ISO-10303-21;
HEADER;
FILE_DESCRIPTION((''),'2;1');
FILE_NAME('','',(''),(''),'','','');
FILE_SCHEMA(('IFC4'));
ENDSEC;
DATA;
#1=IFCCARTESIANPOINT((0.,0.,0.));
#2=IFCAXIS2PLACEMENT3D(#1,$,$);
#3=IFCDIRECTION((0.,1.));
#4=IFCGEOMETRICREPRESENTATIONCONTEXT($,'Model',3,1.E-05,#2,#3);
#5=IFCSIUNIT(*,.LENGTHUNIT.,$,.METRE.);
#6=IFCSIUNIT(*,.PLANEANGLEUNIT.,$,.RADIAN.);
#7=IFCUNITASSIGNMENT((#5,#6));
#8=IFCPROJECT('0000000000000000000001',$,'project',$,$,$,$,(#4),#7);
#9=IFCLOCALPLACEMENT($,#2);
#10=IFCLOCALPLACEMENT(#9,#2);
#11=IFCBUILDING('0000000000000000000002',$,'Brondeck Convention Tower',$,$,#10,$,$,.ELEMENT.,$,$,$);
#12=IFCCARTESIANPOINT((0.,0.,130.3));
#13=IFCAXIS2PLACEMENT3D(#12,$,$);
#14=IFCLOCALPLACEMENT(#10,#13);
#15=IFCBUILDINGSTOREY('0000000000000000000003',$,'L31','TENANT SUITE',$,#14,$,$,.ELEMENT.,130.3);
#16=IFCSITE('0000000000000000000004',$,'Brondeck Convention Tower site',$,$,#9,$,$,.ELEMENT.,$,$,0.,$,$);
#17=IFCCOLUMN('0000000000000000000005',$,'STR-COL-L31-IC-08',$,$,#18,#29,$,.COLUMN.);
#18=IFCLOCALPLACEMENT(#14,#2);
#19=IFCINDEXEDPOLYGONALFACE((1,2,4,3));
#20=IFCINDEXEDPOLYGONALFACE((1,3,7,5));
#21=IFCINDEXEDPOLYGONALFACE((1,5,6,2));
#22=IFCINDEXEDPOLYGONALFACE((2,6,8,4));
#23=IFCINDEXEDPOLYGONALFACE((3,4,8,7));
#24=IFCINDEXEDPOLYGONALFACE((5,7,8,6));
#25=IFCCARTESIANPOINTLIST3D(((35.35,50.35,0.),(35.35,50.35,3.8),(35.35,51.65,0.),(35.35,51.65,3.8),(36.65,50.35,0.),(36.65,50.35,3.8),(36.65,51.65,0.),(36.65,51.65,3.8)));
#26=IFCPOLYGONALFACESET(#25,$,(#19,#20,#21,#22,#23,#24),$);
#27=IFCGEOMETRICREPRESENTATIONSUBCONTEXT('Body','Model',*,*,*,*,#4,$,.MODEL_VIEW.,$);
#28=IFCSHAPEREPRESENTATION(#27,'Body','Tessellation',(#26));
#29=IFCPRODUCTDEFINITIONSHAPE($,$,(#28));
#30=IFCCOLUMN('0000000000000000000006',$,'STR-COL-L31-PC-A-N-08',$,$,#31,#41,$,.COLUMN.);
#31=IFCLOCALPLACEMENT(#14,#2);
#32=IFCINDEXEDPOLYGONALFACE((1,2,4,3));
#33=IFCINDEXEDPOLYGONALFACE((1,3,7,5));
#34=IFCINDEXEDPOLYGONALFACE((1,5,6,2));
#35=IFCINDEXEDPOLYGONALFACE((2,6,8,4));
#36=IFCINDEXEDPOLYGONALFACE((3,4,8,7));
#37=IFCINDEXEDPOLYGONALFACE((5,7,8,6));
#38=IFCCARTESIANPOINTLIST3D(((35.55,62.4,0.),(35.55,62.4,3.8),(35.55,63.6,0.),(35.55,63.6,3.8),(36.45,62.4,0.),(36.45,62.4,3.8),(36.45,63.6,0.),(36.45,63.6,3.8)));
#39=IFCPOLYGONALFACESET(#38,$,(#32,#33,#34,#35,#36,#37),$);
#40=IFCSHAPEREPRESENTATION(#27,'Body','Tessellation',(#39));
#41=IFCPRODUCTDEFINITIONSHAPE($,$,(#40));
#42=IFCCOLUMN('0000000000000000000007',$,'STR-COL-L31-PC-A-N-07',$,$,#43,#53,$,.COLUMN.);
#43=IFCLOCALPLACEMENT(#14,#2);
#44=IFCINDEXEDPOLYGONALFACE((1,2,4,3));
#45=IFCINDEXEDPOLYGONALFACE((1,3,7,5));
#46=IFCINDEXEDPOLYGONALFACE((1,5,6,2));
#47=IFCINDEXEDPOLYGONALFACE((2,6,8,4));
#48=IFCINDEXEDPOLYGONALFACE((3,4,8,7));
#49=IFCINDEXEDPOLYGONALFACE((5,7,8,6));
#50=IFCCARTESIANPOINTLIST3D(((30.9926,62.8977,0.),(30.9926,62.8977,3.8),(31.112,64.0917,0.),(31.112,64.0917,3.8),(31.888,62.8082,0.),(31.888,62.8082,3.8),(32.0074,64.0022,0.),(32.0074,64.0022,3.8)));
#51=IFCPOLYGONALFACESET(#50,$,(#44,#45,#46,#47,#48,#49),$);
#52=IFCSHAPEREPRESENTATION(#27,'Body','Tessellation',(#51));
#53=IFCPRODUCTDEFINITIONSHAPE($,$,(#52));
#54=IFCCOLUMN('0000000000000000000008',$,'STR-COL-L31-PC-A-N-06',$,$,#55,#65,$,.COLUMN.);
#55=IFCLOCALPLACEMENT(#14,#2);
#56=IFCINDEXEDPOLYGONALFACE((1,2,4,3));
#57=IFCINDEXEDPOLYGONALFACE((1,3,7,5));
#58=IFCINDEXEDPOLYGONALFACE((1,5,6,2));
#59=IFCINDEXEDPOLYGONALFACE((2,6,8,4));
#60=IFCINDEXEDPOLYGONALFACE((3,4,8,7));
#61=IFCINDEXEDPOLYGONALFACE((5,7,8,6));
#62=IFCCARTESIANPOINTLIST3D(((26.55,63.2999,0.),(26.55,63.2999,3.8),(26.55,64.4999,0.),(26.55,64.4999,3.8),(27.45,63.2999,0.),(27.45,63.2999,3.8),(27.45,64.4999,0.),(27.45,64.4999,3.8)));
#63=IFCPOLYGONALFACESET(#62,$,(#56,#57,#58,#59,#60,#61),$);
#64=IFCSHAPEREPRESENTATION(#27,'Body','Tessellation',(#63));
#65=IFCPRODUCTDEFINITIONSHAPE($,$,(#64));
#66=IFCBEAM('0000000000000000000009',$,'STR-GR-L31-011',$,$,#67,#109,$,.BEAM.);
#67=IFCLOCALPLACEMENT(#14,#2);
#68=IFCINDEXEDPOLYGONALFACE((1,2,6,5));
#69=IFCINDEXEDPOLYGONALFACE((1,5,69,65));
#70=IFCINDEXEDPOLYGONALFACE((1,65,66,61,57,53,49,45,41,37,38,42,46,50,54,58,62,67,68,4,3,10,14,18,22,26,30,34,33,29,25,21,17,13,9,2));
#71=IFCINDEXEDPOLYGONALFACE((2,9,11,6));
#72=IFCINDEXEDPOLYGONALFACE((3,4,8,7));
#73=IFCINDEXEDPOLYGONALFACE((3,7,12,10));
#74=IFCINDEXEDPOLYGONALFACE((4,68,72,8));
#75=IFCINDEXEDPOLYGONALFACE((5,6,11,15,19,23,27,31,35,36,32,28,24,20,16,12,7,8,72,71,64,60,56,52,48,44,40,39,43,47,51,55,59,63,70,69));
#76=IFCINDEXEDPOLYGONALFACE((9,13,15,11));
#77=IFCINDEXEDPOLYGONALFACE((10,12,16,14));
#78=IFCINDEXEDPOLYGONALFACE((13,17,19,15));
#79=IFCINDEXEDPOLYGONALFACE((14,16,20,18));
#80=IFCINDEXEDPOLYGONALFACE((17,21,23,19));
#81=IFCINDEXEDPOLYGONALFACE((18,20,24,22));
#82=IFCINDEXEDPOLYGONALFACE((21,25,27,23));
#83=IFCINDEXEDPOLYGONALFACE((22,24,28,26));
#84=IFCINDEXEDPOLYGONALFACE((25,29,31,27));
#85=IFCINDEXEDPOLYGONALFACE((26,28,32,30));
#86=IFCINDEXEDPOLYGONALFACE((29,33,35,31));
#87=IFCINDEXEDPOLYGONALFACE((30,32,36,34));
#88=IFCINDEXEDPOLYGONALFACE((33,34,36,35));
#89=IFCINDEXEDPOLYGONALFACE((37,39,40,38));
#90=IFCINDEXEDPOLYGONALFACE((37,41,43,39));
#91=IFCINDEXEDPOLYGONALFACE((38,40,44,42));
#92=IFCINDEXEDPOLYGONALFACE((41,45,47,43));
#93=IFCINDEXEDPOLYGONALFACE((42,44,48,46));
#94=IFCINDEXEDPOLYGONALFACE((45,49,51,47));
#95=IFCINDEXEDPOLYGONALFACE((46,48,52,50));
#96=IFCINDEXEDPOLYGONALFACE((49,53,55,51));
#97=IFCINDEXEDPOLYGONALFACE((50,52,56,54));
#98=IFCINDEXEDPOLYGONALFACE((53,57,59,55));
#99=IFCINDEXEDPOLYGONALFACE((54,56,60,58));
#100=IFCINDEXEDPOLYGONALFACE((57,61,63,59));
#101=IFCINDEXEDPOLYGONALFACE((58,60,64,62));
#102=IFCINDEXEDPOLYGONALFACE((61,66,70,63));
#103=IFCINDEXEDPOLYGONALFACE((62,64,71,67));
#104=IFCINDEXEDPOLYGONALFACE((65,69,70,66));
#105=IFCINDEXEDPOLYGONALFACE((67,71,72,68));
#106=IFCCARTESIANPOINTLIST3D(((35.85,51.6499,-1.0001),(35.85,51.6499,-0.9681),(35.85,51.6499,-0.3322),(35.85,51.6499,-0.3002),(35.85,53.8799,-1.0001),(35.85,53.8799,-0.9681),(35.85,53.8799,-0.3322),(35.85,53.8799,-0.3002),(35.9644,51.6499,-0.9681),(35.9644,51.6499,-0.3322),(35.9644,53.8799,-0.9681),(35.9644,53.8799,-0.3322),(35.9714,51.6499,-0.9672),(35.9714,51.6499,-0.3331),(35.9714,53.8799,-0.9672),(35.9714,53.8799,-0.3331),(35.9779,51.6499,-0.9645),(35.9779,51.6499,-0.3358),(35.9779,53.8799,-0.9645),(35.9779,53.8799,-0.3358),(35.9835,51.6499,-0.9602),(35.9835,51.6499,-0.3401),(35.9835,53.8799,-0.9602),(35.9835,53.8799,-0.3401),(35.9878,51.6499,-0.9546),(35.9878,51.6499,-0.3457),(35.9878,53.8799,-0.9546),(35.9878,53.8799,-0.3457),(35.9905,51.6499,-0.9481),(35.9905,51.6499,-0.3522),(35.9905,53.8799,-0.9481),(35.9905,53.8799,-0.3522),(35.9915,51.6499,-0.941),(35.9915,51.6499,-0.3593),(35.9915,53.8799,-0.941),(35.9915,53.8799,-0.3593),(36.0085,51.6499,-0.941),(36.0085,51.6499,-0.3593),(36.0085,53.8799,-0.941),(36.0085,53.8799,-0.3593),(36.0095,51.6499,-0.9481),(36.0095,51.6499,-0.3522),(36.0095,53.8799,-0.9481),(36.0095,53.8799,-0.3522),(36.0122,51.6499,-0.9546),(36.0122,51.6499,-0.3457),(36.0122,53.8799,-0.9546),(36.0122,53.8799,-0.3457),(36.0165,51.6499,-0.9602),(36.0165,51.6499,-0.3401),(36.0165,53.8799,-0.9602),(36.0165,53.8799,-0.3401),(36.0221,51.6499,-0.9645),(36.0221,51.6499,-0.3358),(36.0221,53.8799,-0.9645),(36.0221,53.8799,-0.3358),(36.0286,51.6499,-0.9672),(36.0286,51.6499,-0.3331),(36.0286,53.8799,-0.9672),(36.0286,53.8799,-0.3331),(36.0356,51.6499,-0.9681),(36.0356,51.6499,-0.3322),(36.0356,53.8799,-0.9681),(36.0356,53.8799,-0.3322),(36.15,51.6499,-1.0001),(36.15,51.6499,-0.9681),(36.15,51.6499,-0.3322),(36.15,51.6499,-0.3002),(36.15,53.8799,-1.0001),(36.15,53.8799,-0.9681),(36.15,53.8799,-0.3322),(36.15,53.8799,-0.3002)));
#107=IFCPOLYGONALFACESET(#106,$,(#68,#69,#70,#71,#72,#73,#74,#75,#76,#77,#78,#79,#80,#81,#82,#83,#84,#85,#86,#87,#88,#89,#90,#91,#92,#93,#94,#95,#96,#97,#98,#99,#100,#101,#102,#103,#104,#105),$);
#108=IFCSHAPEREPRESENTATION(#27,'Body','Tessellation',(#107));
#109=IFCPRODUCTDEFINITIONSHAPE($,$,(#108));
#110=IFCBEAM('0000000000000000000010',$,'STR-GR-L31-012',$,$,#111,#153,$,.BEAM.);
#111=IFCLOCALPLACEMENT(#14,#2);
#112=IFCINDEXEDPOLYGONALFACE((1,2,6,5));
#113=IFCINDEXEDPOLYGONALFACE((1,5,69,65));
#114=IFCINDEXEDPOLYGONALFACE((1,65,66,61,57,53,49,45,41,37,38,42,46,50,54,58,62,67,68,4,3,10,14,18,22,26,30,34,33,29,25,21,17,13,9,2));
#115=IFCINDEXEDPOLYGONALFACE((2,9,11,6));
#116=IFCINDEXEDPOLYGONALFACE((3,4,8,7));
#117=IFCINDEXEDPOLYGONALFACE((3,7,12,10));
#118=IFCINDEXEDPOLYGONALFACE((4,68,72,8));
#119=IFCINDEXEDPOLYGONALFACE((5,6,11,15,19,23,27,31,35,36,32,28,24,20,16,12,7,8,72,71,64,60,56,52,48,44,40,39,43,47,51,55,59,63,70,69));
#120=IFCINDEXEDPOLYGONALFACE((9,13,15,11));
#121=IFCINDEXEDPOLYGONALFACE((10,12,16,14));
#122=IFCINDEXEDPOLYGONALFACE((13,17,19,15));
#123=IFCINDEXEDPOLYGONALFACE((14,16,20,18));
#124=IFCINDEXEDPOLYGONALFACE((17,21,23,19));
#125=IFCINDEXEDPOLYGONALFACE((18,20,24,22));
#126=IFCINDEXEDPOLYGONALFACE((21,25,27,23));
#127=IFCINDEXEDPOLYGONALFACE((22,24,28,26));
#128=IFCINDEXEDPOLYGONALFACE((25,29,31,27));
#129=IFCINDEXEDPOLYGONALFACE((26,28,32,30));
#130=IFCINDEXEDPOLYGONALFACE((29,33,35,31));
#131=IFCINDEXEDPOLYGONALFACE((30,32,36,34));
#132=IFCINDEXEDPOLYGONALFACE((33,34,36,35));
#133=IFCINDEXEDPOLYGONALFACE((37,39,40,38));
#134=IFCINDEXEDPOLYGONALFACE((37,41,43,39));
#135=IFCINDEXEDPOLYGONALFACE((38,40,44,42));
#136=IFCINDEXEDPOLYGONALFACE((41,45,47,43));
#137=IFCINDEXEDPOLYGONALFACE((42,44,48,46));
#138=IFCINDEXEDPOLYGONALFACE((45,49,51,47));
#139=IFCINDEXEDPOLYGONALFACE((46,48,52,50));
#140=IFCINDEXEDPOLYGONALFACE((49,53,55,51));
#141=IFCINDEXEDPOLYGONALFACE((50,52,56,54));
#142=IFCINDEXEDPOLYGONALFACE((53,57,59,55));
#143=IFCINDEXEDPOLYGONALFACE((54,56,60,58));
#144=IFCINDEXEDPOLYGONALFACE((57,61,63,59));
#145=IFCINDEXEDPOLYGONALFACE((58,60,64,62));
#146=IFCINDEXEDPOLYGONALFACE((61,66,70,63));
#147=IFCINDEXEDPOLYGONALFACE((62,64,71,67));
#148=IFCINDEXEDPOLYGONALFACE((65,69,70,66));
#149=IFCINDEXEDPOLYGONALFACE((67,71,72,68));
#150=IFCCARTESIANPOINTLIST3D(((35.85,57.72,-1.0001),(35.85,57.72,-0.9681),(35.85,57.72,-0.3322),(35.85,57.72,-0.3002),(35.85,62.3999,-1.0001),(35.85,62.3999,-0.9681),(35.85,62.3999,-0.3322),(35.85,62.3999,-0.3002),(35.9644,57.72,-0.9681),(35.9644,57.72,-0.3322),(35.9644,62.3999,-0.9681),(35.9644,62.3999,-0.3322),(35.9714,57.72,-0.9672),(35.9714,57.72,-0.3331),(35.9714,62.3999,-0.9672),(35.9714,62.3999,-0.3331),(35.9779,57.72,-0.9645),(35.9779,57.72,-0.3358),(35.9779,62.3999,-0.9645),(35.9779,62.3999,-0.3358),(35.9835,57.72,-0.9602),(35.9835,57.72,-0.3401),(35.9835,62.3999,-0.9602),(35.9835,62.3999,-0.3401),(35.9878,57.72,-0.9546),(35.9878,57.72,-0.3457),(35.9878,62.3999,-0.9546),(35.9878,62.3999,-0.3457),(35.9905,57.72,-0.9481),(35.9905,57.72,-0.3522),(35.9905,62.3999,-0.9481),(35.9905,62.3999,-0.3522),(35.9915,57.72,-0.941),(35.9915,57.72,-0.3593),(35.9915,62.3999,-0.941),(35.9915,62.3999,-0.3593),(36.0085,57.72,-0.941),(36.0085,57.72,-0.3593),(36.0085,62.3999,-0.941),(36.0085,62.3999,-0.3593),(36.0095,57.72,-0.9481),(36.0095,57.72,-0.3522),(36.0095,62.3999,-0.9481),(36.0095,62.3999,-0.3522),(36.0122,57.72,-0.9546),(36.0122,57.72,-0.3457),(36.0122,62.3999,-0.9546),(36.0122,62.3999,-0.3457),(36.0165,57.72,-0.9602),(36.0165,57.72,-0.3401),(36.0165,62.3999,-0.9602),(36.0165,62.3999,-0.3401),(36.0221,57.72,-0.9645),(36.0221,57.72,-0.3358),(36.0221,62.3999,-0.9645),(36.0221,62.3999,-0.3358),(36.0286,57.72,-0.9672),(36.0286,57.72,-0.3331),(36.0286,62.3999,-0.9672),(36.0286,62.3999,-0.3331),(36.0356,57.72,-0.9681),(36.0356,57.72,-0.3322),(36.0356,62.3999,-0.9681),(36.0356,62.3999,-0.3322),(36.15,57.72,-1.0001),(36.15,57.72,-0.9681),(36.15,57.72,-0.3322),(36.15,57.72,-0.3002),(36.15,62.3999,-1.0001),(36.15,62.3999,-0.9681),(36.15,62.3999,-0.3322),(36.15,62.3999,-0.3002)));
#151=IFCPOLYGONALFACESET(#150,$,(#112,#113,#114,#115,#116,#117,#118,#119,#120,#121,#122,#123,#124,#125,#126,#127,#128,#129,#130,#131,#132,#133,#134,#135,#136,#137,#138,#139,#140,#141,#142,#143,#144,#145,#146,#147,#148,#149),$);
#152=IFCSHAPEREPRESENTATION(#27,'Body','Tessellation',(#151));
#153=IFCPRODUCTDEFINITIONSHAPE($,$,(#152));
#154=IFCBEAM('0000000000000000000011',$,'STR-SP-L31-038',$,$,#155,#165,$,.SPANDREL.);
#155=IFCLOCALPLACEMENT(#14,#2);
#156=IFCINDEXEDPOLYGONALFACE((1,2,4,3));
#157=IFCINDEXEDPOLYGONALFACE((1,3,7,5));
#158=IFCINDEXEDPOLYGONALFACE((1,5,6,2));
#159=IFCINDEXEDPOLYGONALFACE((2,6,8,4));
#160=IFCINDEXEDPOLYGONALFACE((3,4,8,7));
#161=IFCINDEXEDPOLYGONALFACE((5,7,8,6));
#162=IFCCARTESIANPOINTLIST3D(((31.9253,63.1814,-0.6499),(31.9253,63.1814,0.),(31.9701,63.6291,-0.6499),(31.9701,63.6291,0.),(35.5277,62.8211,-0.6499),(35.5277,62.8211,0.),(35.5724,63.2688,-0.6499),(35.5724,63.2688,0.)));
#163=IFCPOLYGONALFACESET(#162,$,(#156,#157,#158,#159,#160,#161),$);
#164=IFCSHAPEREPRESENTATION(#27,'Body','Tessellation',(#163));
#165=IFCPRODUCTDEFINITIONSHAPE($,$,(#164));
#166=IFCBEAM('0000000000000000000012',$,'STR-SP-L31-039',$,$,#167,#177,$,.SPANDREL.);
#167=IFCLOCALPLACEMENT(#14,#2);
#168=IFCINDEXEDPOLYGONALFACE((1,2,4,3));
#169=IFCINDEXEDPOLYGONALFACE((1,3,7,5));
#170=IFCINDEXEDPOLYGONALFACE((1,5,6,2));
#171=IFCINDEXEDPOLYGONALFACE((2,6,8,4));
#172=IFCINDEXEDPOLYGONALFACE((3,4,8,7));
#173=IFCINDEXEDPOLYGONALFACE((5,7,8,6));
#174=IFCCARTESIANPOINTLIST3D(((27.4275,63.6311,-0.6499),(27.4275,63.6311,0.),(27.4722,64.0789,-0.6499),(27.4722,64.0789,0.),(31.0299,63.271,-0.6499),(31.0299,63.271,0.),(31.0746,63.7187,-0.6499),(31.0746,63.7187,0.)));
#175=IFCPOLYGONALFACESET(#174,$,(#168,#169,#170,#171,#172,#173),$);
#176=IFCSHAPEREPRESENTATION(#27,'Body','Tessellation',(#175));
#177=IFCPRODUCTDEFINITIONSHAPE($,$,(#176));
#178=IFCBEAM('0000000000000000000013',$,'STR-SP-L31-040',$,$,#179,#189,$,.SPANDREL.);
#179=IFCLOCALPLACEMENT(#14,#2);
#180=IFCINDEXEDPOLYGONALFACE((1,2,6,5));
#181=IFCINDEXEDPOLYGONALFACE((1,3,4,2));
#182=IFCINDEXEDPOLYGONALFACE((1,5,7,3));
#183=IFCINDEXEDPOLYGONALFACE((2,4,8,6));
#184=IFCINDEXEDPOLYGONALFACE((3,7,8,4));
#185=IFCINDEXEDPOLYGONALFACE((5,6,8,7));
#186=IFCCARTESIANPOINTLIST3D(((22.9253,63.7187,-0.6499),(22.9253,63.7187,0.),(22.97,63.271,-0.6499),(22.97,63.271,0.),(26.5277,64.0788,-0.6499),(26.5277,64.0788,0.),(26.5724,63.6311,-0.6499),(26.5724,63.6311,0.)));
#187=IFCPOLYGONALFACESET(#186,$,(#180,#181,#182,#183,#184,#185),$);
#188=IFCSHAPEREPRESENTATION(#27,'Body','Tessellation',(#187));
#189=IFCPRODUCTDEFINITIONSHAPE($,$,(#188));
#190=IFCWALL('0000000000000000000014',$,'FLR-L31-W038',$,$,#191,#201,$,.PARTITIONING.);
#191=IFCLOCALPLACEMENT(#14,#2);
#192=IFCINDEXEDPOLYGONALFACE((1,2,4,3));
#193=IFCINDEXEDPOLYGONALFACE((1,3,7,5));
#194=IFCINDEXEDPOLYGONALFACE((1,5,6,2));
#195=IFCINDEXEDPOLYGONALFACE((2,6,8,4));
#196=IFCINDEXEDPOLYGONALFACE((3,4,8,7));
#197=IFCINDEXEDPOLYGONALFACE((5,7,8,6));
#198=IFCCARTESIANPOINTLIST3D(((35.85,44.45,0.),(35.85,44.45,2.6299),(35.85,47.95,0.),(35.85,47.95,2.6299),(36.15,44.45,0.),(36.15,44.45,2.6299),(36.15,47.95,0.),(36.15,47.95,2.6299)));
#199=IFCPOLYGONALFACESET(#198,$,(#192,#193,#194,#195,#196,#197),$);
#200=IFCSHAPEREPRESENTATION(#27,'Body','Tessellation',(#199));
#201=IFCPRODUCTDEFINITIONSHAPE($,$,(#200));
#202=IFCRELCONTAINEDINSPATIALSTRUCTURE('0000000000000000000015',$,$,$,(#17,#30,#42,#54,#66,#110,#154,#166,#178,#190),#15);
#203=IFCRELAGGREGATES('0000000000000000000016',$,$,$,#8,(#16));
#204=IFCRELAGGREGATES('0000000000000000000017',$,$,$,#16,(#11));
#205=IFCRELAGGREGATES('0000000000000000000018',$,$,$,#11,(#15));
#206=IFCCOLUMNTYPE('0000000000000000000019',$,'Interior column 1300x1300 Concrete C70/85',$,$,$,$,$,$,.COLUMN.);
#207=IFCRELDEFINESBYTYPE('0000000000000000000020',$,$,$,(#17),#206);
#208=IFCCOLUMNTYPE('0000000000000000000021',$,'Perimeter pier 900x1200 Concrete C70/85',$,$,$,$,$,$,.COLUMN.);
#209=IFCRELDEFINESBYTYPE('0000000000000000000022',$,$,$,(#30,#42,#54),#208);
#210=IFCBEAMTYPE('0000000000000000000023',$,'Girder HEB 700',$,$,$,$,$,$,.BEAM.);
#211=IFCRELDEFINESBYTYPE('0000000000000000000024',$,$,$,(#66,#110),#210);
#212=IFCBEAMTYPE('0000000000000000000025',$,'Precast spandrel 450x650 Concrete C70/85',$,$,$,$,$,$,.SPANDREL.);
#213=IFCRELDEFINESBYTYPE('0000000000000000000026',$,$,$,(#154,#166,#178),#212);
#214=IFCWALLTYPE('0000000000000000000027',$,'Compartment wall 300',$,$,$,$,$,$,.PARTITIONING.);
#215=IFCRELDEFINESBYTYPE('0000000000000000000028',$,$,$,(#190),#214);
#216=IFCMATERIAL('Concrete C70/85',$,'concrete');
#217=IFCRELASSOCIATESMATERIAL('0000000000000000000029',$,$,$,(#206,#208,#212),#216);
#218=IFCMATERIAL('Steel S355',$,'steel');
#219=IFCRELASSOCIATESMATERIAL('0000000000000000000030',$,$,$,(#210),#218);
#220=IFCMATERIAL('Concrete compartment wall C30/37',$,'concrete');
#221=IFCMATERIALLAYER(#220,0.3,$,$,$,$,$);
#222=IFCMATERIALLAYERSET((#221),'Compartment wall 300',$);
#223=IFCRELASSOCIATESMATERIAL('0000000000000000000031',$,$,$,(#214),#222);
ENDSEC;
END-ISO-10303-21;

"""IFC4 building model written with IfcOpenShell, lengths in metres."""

from ifc_helpers import new_model, si_unit, direction, frame, frame_2d, origin, origin_2d, place, context, subcontext, project, spatial, rectangle, i_section, extrude, material, layer, layer_set, material_profile, profile_set, type_object, element, save


model = new_model("IFC4")

# Units and contexts
model_context = context("Model", 3, precision=1e-05, world=origin(), true_north=direction((0.0, 1.0)))
body_context = subcontext(model_context, "Body", "Model", "MODEL_VIEW")
ifc_project = project(units=[si_unit("LENGTHUNIT", "METRE"), si_unit("PLANEANGLEUNIT", "RADIAN")], contexts=[model_context])

# Site, building, storey
site_placement = place(None, origin())
site = spatial("IfcSite", under=ifc_project, at=site_placement, Name="Brondeck Convention Tower site", CompositionType="ELEMENT", RefElevation=0.0)
building_placement = place(site_placement, origin())
building = spatial("IfcBuilding", under=site, at=building_placement, Name="Brondeck Convention Tower", CompositionType="ELEMENT")
storey_placement = place(building_placement, frame((0.0, 0.0, 130.3)))
storey = spatial("IfcBuildingStorey", under=building, at=storey_placement, Name="L31", Description="TENANT SUITE", CompositionType="ELEMENT", Elevation=130.3)

# Columns
ifc_material_1 = material(Name="Concrete C70/85", Category="concrete")
ifc_material_profile_1 = material_profile(ifc_material_1, rectangle(XDim=1.3, YDim=1.3, at=origin_2d()), Name="Interior column 1300x1300 Concrete C70/85")
ifc_profile_set_1 = profile_set([ifc_material_profile_1], Name="Concrete C70/85")
column_type_1 = type_object("IfcColumnType", Name="Interior column 1300x1300 Concrete C70/85", PredefinedType="COLUMN", material=ifc_profile_set_1)
column_placement = place(storey_placement, frame((36.0, 51.0, 0.0), z_axis=(0.0, 0.0, 1.0), x_axis=(1.0, 0.0, 0.0)))
element("IfcColumn", 1, at=column_placement, inside=storey, type_object=column_type_1, Name="STR-COL-L31-IC-08", PredefinedType="COLUMN", context=body_context, shape_type="SweptSolid", body=[
    extrude(rectangle(XDim=1.3, YDim=1.3, at=origin_2d()), origin(), (0.0, 0.0, 1.0), 3.8),
])
ifc_material_profile_2 = material_profile(ifc_material_1, rectangle(XDim=0.8999, YDim=1.2, at=origin_2d()), Name="Perimeter pier 900x1200 Concrete C70/85")
ifc_profile_set_2 = profile_set([ifc_material_profile_2], Name="Concrete C70/85")
column_type_2 = type_object("IfcColumnType", Name="Perimeter pier 900x1200 Concrete C70/85", PredefinedType="COLUMN", material=ifc_profile_set_2)
for number, where, z_axis, x_axis, name in (
    (2, (36.0, 63.0, 0.0), (0.0, 0.0, 1.0), (-1.0, 0.0, 0.0), "STR-COL-L31-PC-A-N-08"),
    (3, (31.5, 63.45, 0.0), (0.0, 0.0, 1.0), (-0.995037, 0.099504, 0.0), "STR-COL-L31-PC-A-N-07"),
    (4, (27.0, 63.8999, 0.0), (0.0, 0.0, 1.0), (-1.0, 0.0, 0.0), "STR-COL-L31-PC-A-N-06"),
):
    element("IfcColumn", number, at=place(storey_placement, frame(where, z_axis=z_axis, x_axis=x_axis)), inside=storey, type_object=column_type_2, Name=name, PredefinedType="COLUMN", context=body_context, shape_type="SweptSolid", body=[
        extrude(rectangle(XDim=0.8999, YDim=1.2, at=origin_2d()), origin(), (0.0, 0.0, 1.0), 3.8),
    ])

# Beams
ifc_material_2 = material(Name="Steel S355", Category="steel")
ifc_material_profile_3 = material_profile(ifc_material_2, i_section(OverallWidth=0.3, OverallDepth=0.7, WebThickness=0.0171, FlangeThickness=0.032, FilletRadius=0.0271, at=origin_2d()), Name="HEB 700")
ifc_profile_set_3 = profile_set([ifc_material_profile_3], Name="Steel S355")
beam_type_1 = type_object("IfcBeamType", Name="Girder HEB 700", PredefinedType="BEAM", material=ifc_profile_set_3)
beam_1_placement = place(storey_placement, frame((36.0, 51.6499, -0.6501), z_axis=(0.0, 1.0, 0.0), x_axis=(-1.0, 0.0, 0.0)))
element("IfcBeam", 5, at=beam_1_placement, inside=storey, type_object=beam_type_1, Name="STR-GR-L31-011", PredefinedType="BEAM", context=body_context, shape_type="SweptSolid", body=[
    extrude(i_section(OverallWidth=0.3, OverallDepth=0.7, WebThickness=0.0171, FlangeThickness=0.032, FilletRadius=0.0271, at=origin_2d()), origin(), (0.0, 0.0, 1.0), 2.23),
])
beam_2_placement = place(storey_placement, frame((36.0, 57.72, -0.6501), z_axis=(0.0, 1.0, 0.0), x_axis=(-1.0, 0.0, 0.0)))
element("IfcBeam", 6, at=beam_2_placement, inside=storey, type_object=beam_type_1, Name="STR-GR-L31-012", PredefinedType="BEAM", context=body_context, shape_type="SweptSolid", body=[
    extrude(i_section(OverallWidth=0.3, OverallDepth=0.7, WebThickness=0.0171, FlangeThickness=0.032, FilletRadius=0.0271, at=origin_2d()), origin(), (0.0, 0.0, 1.0), 4.6799),
])
ifc_material_profile_4 = material_profile(ifc_material_1, rectangle(XDim=0.45, YDim=0.6499, at=origin_2d()), Name="Precast spandrel 450x650 Concrete C70/85")
ifc_profile_set_4 = profile_set([ifc_material_profile_4], Name="Concrete C70/85")
beam_type_2 = type_object("IfcBeamType", Name="Precast spandrel 450x650 Concrete C70/85", PredefinedType="SPANDREL", material=ifc_profile_set_4)
for number, where, z_axis, x_axis, name in (
    (7, (35.55, 63.0449, -0.325), (-0.995034, 0.099537, 0.0), (-0.099537, -0.995034, 0.0), "STR-SP-L31-038"),
    (8, (31.0522, 63.4949, -0.325), (-0.995041, 0.09947, 0.0), (-0.09947, -0.995041, 0.0), "STR-SP-L31-039"),
    (9, (26.55, 63.855, -0.325), (-0.995041, -0.09947, 0.0), (0.09947, -0.995041, 0.0), "STR-SP-L31-040"),
):
    element("IfcBeam", number, at=place(storey_placement, frame(where, z_axis=z_axis, x_axis=x_axis)), inside=storey, type_object=beam_type_2, Name=name, PredefinedType="SPANDREL", context=body_context, shape_type="SweptSolid", body=[
        extrude(rectangle(XDim=0.45, YDim=0.6499, at=origin_2d()), origin(), (0.0, 0.0, 1.0), 3.6204),
    ])

# Wall
ifc_material_3 = material(Name="Concrete compartment wall C30/37", Category="concrete")
ifc_layer_1 = layer(ifc_material_3, 0.3)
ifc_layer_set_1 = layer_set([ifc_layer_1], Name="Compartment wall 300")
wall_type_1 = type_object("IfcWallType", Name="Compartment wall 300", PredefinedType="PARTITIONING", material=ifc_layer_set_1)
wall_1_placement = place(storey_placement, frame((36.0, 44.45, 0.0), z_axis=(0.0, 0.0, 1.0), x_axis=(0.0, 1.0, 0.0)))
element("IfcWall", 10, at=wall_1_placement, inside=storey, type_object=wall_type_1, Name="FLR-L31-W038", PredefinedType="PARTITIONING", context=body_context, shape_type="SweptSolid", body=[
    extrude(rectangle(XDim=3.5, YDim=0.3, at=frame_2d((1.75, 0.0))), origin(), (0.0, 0.0, 1.0), 2.6299),
])

save(model, "model.ifc")
